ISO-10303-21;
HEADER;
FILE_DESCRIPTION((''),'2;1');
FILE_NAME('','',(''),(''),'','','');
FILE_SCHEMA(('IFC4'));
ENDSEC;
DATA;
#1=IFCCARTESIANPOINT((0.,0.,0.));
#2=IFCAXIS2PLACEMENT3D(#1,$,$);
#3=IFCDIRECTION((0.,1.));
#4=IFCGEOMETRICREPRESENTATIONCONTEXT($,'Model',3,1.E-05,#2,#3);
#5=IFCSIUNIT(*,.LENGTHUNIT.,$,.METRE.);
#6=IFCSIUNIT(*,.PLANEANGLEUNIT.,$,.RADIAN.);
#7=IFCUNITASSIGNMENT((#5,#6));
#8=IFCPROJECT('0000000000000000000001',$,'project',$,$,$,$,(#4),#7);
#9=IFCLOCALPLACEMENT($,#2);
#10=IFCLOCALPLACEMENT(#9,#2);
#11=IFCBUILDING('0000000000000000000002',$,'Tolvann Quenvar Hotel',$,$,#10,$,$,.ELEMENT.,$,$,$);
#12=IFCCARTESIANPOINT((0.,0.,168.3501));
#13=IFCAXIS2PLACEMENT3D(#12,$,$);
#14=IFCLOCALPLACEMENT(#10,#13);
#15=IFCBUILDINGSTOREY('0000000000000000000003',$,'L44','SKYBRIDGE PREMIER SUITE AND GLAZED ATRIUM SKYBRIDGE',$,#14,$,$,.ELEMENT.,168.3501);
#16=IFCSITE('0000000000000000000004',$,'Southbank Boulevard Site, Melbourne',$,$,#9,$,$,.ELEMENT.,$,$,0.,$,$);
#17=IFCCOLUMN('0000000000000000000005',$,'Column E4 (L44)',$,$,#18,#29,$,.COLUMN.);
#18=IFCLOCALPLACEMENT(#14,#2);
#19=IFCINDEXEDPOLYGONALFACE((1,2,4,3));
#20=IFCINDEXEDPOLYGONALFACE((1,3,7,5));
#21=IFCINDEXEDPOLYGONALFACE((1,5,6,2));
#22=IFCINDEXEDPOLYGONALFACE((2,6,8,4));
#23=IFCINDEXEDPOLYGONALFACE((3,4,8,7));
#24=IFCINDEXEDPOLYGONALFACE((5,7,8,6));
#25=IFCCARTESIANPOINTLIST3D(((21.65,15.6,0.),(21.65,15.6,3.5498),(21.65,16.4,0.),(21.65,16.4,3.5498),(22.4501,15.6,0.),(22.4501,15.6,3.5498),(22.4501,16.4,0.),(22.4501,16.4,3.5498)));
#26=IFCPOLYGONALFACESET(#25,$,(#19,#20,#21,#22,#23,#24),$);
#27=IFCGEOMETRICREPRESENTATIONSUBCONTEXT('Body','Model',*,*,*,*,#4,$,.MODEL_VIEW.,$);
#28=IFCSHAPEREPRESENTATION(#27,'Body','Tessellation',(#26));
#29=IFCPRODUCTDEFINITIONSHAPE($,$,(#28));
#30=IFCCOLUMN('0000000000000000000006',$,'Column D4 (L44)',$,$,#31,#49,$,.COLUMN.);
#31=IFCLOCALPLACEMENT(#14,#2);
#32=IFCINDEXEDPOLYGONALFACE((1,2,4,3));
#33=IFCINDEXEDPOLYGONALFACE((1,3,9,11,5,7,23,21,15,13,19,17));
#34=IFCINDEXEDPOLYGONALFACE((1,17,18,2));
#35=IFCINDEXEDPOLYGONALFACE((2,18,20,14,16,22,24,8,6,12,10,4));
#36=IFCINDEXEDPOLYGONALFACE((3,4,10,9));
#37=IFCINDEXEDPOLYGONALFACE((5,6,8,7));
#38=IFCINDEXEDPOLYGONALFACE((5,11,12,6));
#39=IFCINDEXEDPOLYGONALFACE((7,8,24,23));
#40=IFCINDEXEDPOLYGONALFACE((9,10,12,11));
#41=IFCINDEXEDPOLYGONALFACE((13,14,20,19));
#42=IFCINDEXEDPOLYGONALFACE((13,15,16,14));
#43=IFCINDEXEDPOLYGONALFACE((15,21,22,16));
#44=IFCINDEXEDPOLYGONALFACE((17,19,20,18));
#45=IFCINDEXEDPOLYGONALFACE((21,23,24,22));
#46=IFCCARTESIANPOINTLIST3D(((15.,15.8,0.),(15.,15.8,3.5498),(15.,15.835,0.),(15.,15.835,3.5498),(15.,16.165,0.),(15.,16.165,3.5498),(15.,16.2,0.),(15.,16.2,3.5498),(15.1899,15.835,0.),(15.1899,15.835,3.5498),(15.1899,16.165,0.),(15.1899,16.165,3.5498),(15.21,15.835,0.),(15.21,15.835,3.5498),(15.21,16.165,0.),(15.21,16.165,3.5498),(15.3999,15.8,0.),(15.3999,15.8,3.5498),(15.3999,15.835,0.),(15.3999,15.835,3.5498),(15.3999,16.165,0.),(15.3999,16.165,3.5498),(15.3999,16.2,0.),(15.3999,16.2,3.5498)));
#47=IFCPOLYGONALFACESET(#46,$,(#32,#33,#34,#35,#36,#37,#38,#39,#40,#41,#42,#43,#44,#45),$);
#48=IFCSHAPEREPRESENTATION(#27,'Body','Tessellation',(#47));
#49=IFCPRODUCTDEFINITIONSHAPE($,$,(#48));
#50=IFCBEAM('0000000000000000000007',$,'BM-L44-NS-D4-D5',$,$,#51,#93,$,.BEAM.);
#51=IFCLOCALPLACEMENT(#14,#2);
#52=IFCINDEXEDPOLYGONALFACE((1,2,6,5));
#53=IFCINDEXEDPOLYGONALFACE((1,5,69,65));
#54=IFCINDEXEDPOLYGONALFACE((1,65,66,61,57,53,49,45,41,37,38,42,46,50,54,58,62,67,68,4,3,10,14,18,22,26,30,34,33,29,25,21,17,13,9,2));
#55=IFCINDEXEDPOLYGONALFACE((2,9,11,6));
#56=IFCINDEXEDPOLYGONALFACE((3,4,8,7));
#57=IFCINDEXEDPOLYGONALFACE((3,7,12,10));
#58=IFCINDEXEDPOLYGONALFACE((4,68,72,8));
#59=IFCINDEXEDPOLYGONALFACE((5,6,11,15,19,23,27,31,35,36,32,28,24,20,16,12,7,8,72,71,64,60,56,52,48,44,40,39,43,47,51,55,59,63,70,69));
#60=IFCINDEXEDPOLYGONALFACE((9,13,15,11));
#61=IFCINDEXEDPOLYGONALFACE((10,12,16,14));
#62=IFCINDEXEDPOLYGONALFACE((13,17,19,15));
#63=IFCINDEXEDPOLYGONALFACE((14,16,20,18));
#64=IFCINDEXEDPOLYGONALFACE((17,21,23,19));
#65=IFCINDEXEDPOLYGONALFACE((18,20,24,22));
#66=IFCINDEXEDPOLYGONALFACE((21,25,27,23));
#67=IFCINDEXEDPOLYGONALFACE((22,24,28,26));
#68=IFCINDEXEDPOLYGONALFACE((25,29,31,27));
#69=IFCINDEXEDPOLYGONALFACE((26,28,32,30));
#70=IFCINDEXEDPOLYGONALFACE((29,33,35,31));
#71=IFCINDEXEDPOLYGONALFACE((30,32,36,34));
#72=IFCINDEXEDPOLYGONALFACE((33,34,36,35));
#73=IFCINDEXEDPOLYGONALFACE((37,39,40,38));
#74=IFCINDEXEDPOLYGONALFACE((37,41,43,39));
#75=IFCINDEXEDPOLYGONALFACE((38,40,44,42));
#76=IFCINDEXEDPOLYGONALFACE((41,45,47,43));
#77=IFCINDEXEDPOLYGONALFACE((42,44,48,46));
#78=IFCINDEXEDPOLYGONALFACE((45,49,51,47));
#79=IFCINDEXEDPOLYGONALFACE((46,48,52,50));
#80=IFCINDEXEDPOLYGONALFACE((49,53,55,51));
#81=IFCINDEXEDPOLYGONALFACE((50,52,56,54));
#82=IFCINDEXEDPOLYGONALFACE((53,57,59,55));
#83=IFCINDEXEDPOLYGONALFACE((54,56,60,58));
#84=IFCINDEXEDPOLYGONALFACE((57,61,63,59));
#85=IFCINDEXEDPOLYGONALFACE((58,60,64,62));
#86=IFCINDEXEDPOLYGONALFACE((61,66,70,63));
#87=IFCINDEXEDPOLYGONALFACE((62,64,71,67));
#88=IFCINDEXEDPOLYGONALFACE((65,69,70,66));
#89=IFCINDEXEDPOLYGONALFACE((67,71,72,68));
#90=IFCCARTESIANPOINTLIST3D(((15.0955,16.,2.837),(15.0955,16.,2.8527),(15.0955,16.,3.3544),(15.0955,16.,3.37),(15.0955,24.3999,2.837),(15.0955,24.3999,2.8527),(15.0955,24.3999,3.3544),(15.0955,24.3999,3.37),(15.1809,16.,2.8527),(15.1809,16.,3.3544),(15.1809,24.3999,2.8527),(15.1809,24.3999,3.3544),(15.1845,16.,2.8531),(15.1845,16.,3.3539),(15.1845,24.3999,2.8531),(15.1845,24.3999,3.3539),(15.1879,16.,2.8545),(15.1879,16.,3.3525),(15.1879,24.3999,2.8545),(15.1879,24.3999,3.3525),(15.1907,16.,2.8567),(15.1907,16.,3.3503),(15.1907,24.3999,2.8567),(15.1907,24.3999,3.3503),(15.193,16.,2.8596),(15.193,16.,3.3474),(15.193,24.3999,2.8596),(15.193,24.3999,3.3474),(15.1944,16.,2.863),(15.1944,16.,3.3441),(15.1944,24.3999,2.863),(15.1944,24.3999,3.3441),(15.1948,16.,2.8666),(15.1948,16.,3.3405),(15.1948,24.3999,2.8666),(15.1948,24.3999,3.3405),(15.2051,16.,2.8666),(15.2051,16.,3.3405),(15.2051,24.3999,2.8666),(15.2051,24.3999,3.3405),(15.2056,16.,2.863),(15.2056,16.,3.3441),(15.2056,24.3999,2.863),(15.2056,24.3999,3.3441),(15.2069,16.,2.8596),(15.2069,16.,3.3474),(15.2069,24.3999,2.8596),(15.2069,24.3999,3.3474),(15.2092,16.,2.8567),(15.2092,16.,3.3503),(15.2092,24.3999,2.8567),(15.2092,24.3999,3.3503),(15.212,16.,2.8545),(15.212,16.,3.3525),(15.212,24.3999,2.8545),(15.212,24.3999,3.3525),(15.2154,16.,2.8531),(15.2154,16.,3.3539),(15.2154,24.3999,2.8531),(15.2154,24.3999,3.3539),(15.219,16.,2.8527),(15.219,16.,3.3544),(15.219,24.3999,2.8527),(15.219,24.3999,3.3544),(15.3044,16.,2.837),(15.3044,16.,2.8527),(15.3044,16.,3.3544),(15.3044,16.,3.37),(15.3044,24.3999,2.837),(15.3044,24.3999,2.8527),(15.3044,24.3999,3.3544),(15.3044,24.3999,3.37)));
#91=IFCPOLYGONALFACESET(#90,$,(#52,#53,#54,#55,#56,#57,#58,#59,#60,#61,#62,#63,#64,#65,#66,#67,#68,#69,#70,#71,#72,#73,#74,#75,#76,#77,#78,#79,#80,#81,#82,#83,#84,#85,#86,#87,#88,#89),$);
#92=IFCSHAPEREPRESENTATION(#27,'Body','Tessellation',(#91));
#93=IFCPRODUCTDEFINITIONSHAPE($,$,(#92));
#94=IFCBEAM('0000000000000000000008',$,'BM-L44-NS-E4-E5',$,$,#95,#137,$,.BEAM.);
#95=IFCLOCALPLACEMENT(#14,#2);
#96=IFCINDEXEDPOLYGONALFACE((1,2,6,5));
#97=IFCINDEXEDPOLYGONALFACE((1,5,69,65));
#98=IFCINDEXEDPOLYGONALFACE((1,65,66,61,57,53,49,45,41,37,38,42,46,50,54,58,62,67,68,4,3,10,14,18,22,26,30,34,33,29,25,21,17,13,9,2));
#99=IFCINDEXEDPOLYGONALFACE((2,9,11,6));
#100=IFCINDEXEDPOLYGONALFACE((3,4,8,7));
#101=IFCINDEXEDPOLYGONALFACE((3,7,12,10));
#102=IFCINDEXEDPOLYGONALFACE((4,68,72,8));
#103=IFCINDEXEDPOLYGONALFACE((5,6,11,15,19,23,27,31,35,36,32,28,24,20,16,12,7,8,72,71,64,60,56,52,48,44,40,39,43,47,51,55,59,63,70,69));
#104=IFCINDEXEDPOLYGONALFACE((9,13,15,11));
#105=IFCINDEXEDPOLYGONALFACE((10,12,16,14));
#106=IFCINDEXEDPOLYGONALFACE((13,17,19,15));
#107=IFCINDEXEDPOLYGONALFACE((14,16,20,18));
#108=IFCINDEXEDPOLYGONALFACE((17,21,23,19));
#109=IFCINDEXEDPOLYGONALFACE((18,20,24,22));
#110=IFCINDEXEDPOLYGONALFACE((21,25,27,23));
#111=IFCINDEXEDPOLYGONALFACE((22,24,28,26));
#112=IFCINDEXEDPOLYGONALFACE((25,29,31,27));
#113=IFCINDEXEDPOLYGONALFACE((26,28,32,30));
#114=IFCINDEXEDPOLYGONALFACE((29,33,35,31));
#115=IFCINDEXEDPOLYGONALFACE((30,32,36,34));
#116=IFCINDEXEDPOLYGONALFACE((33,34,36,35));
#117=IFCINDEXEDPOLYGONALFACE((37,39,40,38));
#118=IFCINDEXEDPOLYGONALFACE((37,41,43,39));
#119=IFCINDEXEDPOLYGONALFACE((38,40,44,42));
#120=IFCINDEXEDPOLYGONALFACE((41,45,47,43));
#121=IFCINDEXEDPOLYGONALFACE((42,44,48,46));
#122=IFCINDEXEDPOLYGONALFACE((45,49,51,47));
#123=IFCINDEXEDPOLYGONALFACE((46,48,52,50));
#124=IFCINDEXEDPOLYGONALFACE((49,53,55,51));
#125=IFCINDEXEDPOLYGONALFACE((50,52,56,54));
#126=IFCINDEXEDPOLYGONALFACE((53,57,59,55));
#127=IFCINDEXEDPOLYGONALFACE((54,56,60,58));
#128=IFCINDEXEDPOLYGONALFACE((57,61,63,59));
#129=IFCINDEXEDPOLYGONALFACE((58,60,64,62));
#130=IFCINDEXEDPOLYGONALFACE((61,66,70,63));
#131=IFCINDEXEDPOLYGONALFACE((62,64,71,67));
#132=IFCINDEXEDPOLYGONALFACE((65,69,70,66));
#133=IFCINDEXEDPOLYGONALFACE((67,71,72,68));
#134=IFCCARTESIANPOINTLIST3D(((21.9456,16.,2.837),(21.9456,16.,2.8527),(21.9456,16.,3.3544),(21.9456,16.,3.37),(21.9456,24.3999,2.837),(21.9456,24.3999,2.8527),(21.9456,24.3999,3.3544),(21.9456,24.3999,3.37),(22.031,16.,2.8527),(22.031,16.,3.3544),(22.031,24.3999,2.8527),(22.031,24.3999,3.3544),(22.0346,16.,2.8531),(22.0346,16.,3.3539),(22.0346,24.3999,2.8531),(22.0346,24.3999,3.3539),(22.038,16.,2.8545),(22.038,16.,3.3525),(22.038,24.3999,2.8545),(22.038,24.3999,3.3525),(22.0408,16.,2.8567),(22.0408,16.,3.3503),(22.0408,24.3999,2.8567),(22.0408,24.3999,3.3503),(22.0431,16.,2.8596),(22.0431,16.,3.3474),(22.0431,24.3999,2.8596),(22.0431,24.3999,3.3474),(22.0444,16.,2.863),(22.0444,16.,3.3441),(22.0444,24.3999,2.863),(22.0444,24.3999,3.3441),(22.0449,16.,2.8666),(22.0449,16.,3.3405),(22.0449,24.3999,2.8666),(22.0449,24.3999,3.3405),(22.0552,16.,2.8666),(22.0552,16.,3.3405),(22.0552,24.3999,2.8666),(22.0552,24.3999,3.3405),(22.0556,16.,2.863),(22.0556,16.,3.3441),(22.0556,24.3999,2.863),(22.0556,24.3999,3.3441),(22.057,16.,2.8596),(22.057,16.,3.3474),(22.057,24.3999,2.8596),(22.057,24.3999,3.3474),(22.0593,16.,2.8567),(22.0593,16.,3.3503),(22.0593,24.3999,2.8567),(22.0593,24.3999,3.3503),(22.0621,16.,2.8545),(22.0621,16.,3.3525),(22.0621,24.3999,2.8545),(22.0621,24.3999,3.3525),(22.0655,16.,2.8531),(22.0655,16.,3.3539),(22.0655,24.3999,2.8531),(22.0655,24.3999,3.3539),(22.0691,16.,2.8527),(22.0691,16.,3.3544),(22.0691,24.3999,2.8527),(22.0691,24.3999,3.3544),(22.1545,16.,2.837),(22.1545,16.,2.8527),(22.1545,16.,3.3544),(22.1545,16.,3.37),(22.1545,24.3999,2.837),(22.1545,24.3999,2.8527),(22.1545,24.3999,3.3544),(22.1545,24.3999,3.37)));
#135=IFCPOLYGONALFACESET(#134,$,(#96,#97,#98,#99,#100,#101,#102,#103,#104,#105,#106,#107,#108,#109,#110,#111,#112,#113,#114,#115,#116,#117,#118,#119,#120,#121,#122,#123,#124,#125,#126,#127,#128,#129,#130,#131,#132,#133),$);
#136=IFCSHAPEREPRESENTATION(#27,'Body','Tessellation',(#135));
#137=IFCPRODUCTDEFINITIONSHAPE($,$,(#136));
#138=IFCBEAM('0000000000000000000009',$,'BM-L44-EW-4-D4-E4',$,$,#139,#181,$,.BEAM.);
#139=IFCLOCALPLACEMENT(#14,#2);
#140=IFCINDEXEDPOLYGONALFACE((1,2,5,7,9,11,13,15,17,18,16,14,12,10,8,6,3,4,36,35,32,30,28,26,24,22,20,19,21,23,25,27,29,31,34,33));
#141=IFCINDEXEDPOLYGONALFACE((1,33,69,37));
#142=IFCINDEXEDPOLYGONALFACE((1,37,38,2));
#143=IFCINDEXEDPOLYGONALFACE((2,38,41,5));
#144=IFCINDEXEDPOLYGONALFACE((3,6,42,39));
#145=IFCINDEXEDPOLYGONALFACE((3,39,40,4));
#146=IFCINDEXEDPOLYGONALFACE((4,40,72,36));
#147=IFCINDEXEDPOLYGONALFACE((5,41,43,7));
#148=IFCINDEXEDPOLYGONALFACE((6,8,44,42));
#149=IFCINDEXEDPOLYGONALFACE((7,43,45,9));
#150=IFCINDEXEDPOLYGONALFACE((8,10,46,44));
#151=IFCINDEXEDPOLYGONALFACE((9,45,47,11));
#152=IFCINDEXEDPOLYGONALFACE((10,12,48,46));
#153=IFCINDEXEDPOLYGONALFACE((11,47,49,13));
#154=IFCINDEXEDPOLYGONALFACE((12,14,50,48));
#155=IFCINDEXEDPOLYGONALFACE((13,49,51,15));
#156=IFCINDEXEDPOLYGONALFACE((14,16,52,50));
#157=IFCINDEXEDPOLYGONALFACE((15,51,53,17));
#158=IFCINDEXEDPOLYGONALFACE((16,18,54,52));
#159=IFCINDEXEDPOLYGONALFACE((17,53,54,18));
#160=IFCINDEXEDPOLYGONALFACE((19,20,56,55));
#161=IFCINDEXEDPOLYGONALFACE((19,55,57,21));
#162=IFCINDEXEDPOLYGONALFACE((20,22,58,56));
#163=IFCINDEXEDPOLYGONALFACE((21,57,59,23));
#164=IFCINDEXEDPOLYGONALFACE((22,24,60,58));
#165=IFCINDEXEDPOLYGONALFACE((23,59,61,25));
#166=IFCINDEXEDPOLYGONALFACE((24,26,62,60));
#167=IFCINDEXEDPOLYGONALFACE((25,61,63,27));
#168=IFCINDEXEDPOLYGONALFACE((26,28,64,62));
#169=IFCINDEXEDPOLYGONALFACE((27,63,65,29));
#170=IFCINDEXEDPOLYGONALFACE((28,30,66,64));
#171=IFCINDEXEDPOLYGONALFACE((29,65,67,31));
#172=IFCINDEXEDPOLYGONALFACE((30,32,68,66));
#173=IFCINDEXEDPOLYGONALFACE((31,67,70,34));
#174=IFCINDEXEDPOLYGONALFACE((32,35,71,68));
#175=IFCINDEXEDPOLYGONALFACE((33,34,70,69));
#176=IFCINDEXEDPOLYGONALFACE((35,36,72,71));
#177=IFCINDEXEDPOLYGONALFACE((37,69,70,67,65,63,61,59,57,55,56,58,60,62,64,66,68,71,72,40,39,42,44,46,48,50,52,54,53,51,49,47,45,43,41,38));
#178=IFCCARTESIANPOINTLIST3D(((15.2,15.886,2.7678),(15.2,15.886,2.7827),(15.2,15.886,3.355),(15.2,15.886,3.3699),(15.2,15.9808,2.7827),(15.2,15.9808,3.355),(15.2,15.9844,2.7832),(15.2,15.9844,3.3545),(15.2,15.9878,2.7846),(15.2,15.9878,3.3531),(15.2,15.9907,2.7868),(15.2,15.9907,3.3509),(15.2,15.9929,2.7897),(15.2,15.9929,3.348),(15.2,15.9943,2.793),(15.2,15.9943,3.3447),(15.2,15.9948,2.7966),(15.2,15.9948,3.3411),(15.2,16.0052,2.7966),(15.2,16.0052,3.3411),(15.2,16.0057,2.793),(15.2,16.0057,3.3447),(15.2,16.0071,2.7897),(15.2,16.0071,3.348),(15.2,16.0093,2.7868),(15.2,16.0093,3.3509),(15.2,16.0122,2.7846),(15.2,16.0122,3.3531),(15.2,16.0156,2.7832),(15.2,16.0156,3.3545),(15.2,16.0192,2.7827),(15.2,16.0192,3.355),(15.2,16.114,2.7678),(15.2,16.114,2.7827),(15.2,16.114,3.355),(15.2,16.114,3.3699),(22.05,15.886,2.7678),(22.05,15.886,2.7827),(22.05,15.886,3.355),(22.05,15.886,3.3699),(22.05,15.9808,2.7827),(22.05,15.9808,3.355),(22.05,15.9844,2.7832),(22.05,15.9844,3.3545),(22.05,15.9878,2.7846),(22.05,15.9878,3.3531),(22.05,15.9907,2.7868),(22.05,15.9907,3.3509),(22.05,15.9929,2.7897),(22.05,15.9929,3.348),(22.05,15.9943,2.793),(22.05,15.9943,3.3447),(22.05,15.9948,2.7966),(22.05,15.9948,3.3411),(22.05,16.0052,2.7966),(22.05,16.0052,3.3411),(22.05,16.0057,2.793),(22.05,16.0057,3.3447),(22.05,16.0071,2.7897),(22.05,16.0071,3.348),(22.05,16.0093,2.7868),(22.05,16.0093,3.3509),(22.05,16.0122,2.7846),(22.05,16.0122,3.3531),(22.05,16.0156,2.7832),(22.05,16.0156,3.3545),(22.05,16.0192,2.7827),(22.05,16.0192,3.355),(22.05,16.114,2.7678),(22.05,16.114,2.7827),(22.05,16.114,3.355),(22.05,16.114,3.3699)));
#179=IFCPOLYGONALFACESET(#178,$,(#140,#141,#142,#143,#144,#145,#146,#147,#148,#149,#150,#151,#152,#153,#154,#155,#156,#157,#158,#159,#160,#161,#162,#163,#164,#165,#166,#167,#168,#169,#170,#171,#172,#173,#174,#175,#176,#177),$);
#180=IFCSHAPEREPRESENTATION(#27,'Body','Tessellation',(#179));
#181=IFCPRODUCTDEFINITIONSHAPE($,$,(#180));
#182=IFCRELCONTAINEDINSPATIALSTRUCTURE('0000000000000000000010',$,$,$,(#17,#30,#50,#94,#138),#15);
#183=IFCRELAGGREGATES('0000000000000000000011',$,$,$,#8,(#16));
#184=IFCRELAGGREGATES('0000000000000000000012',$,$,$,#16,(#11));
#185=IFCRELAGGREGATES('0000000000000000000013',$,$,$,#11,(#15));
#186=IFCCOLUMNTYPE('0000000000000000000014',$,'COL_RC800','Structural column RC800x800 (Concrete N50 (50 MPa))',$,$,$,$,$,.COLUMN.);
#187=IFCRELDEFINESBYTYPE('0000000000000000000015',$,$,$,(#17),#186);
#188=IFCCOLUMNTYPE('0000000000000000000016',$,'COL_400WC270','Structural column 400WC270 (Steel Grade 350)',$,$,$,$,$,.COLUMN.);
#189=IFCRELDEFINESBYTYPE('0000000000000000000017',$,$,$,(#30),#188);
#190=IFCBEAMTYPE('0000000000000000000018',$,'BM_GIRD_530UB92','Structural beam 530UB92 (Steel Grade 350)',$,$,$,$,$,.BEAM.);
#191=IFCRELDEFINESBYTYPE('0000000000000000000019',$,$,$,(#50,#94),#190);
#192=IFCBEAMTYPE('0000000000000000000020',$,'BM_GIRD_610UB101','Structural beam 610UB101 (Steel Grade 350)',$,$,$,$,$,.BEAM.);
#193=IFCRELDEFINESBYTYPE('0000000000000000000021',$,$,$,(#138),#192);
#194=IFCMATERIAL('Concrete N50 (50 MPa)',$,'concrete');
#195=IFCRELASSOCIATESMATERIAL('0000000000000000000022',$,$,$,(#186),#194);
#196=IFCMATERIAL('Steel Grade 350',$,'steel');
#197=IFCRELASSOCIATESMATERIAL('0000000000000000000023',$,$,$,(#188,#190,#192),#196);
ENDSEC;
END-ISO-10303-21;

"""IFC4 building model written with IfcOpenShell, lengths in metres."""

from ifc_helpers import new_model, si_unit, direction, frame, origin, origin_2d, place, context, subcontext, project, spatial, rectangle, i_section, extrude, source, transform, mapped, material, material_profile, profile_set, type_object, type_shapes, element, save


model = new_model("IFC4")

# Units and contexts
model_context = context("Model", 3, precision=1e-05, world=origin(), true_north=direction((0.0, 1.0)))
body_context = subcontext(model_context, "Body", "Model", "MODEL_VIEW")
ifc_project = project(units=[si_unit("LENGTHUNIT", "METRE"), si_unit("PLANEANGLEUNIT", "RADIAN")], contexts=[model_context])

# Site, building, storey
site_placement = place(None, origin())
site = spatial("IfcSite", under=ifc_project, at=site_placement, Name="Southbank Boulevard Site, Melbourne", CompositionType="ELEMENT", RefElevation=0.0)
building_placement = place(site_placement, origin())
building = spatial("IfcBuilding", under=site, at=building_placement, Name="Tolvann Quenvar Hotel", CompositionType="ELEMENT")
storey_placement = place(building_placement, frame((0.0, 0.0, 168.3501)))
storey = spatial("IfcBuildingStorey", under=building, at=storey_placement, Name="L44", Description="SKYBRIDGE PREMIER SUITE AND GLAZED ATRIUM SKYBRIDGE", CompositionType="ELEMENT", Elevation=168.3501)

# Columns
ifc_material_1 = material(Name="Concrete N50 (50 MPa)", Category="concrete")
ifc_material_profile_1 = material_profile(ifc_material_1, rectangle(XDim=0.8, YDim=0.8, at=origin_2d()), Name="RC800x800")
ifc_profile_set_1 = profile_set([ifc_material_profile_1], Name="Concrete N50 (50 MPa)")
column_type_1 = type_object("IfcColumnType", Name="COL_RC800", Description="Structural column RC800x800 (Concrete N50 (50 MPa))", PredefinedType="COLUMN", material=ifc_profile_set_1)
shared_shape_1 = source(origin(), body_context, "Body", "SweptSolid", [
    extrude(rectangle(XDim=0.8, YDim=0.8, at=origin_2d()), origin(), (0.0, 0.0, 1.0), 3.5498),
])
type_shapes(column_type_1, [shared_shape_1])
column_1_placement = place(storey_placement, frame((22.05, 16.0, 0.0), z_axis=(0.0, 0.0, 1.0), x_axis=(1.0, 0.0, 0.0)))
element("IfcColumn", 1, at=column_1_placement, inside=storey, type_object=column_type_1, Name="Column E4 (L44)", PredefinedType="COLUMN", context=body_context, shape_type="MappedRepresentation", body=[
    mapped(shared_shape_1, transform((0.0, 0.0, 0.0), x_axis=(1.0, 0.0, 0.0), y_axis=(0.0, 1.0, 0.0), z_axis=(0.0, 0.0, 1.0), scale=1.0)),
])
ifc_material_2 = material(Name="Steel Grade 350", Category="steel")
ifc_material_profile_2 = material_profile(ifc_material_2, i_section(OverallWidth=0.3999, OverallDepth=0.3999, WebThickness=0.02, FlangeThickness=0.0349, at=origin_2d()), Name="400WC270")
ifc_profile_set_2 = profile_set([ifc_material_profile_2], Name="Steel Grade 350")
column_type_2 = type_object("IfcColumnType", Name="COL_400WC270", Description="Structural column 400WC270 (Steel Grade 350)", PredefinedType="COLUMN", material=ifc_profile_set_2)
shared_shape_2 = source(origin(), body_context, "Body", "SweptSolid", [
    extrude(i_section(OverallWidth=0.3999, OverallDepth=0.3999, WebThickness=0.02, FlangeThickness=0.0349, at=origin_2d()), origin(), (0.0, 0.0, 1.0), 3.5498),
])
type_shapes(column_type_2, [shared_shape_2])
column_2_placement = place(storey_placement, frame((15.2, 16.0, 0.0), z_axis=(0.0, 0.0, 1.0), x_axis=(1.0, 0.0, 0.0)))
element("IfcColumn", 2, at=column_2_placement, inside=storey, type_object=column_type_2, Name="Column D4 (L44)", PredefinedType="COLUMN", context=body_context, shape_type="MappedRepresentation", body=[
    mapped(shared_shape_2, transform((0.0, 0.0, 0.0), x_axis=(1.0, 0.0, 0.0), y_axis=(0.0, 1.0, 0.0), z_axis=(0.0, 0.0, 1.0), scale=1.0)),
])

# Beams
ifc_material_profile_3 = material_profile(ifc_material_2, i_section(OverallWidth=0.209, OverallDepth=0.533, WebThickness=0.0103, FlangeThickness=0.0156, FilletRadius=0.0139, at=origin_2d()), Name="530UB92")
ifc_profile_set_3 = profile_set([ifc_material_profile_3], Name="Steel Grade 350")
beam_type_1 = type_object("IfcBeamType", Name="BM_GIRD_530UB92", Description="Structural beam 530UB92 (Steel Grade 350)", PredefinedType="BEAM", material=ifc_profile_set_3)
shared_shape_3 = source(origin(), body_context, "Body", "SweptSolid", [
    extrude(i_section(OverallWidth=0.209, OverallDepth=0.533, WebThickness=0.0103, FlangeThickness=0.0156, FilletRadius=0.0139, at=origin_2d()), origin(), (0.0, 0.0, 1.0), 8.3999),
])
type_shapes(beam_type_1, [shared_shape_3])
for number, where, z_axis, x_axis, name in (
    (3, (15.2, 16.0, 3.1035), (0.0, 1.0, 0.0), (-1.0, 0.0, 0.0), "BM-L44-NS-D4-D5"),
    (4, (22.05, 16.0, 3.1035), (0.0, 1.0, 0.0), (-1.0, 0.0, 0.0), "BM-L44-NS-E4-E5"),
):
    element("IfcBeam", number, at=place(storey_placement, frame(where, z_axis=z_axis, x_axis=x_axis)), inside=storey, type_object=beam_type_1, Name=name, PredefinedType="BEAM", context=body_context, shape_type="MappedRepresentation", body=[
        mapped(shared_shape_3, transform((0.0, 0.0, 0.0), x_axis=(1.0, 0.0, 0.0), y_axis=(0.0, 1.0, 0.0), z_axis=(0.0, 0.0, 1.0), scale=1.0)),
    ])
ifc_material_profile_4 = material_profile(ifc_material_2, i_section(OverallWidth=0.228, OverallDepth=0.6021, WebThickness=0.0105, FlangeThickness=0.0149, FilletRadius=0.0139, at=origin_2d()), Name="610UB101")
ifc_profile_set_4 = profile_set([ifc_material_profile_4], Name="Steel Grade 350")
beam_type_2 = type_object("IfcBeamType", Name="BM_GIRD_610UB101", Description="Structural beam 610UB101 (Steel Grade 350)", PredefinedType="BEAM", material=ifc_profile_set_4)
shared_shape_4 = source(origin(), body_context, "Body", "SweptSolid", [
    extrude(i_section(OverallWidth=0.228, OverallDepth=0.6021, WebThickness=0.0105, FlangeThickness=0.0149, FilletRadius=0.0139, at=origin_2d()), origin(), (0.0, 0.0, 1.0), 6.8501),
])
beam_1_placement = place(storey_placement, frame((15.2, 16.0, 3.0688), z_axis=(1.0, 0.0, 0.0), x_axis=(0.0, 1.0, 0.0)))
element("IfcBeam", 5, at=beam_1_placement, inside=storey, type_object=beam_type_2, Name="BM-L44-EW-4-D4-E4", PredefinedType="BEAM", context=body_context, shape_type="MappedRepresentation", body=[
    mapped(shared_shape_4, transform((0.0, 0.0, 0.0), x_axis=(1.0, 0.0, 0.0), y_axis=(0.0, 1.0, 0.0), z_axis=(0.0, 0.0, 1.0), scale=1.0)),
])

save(model, "model.ifc")
